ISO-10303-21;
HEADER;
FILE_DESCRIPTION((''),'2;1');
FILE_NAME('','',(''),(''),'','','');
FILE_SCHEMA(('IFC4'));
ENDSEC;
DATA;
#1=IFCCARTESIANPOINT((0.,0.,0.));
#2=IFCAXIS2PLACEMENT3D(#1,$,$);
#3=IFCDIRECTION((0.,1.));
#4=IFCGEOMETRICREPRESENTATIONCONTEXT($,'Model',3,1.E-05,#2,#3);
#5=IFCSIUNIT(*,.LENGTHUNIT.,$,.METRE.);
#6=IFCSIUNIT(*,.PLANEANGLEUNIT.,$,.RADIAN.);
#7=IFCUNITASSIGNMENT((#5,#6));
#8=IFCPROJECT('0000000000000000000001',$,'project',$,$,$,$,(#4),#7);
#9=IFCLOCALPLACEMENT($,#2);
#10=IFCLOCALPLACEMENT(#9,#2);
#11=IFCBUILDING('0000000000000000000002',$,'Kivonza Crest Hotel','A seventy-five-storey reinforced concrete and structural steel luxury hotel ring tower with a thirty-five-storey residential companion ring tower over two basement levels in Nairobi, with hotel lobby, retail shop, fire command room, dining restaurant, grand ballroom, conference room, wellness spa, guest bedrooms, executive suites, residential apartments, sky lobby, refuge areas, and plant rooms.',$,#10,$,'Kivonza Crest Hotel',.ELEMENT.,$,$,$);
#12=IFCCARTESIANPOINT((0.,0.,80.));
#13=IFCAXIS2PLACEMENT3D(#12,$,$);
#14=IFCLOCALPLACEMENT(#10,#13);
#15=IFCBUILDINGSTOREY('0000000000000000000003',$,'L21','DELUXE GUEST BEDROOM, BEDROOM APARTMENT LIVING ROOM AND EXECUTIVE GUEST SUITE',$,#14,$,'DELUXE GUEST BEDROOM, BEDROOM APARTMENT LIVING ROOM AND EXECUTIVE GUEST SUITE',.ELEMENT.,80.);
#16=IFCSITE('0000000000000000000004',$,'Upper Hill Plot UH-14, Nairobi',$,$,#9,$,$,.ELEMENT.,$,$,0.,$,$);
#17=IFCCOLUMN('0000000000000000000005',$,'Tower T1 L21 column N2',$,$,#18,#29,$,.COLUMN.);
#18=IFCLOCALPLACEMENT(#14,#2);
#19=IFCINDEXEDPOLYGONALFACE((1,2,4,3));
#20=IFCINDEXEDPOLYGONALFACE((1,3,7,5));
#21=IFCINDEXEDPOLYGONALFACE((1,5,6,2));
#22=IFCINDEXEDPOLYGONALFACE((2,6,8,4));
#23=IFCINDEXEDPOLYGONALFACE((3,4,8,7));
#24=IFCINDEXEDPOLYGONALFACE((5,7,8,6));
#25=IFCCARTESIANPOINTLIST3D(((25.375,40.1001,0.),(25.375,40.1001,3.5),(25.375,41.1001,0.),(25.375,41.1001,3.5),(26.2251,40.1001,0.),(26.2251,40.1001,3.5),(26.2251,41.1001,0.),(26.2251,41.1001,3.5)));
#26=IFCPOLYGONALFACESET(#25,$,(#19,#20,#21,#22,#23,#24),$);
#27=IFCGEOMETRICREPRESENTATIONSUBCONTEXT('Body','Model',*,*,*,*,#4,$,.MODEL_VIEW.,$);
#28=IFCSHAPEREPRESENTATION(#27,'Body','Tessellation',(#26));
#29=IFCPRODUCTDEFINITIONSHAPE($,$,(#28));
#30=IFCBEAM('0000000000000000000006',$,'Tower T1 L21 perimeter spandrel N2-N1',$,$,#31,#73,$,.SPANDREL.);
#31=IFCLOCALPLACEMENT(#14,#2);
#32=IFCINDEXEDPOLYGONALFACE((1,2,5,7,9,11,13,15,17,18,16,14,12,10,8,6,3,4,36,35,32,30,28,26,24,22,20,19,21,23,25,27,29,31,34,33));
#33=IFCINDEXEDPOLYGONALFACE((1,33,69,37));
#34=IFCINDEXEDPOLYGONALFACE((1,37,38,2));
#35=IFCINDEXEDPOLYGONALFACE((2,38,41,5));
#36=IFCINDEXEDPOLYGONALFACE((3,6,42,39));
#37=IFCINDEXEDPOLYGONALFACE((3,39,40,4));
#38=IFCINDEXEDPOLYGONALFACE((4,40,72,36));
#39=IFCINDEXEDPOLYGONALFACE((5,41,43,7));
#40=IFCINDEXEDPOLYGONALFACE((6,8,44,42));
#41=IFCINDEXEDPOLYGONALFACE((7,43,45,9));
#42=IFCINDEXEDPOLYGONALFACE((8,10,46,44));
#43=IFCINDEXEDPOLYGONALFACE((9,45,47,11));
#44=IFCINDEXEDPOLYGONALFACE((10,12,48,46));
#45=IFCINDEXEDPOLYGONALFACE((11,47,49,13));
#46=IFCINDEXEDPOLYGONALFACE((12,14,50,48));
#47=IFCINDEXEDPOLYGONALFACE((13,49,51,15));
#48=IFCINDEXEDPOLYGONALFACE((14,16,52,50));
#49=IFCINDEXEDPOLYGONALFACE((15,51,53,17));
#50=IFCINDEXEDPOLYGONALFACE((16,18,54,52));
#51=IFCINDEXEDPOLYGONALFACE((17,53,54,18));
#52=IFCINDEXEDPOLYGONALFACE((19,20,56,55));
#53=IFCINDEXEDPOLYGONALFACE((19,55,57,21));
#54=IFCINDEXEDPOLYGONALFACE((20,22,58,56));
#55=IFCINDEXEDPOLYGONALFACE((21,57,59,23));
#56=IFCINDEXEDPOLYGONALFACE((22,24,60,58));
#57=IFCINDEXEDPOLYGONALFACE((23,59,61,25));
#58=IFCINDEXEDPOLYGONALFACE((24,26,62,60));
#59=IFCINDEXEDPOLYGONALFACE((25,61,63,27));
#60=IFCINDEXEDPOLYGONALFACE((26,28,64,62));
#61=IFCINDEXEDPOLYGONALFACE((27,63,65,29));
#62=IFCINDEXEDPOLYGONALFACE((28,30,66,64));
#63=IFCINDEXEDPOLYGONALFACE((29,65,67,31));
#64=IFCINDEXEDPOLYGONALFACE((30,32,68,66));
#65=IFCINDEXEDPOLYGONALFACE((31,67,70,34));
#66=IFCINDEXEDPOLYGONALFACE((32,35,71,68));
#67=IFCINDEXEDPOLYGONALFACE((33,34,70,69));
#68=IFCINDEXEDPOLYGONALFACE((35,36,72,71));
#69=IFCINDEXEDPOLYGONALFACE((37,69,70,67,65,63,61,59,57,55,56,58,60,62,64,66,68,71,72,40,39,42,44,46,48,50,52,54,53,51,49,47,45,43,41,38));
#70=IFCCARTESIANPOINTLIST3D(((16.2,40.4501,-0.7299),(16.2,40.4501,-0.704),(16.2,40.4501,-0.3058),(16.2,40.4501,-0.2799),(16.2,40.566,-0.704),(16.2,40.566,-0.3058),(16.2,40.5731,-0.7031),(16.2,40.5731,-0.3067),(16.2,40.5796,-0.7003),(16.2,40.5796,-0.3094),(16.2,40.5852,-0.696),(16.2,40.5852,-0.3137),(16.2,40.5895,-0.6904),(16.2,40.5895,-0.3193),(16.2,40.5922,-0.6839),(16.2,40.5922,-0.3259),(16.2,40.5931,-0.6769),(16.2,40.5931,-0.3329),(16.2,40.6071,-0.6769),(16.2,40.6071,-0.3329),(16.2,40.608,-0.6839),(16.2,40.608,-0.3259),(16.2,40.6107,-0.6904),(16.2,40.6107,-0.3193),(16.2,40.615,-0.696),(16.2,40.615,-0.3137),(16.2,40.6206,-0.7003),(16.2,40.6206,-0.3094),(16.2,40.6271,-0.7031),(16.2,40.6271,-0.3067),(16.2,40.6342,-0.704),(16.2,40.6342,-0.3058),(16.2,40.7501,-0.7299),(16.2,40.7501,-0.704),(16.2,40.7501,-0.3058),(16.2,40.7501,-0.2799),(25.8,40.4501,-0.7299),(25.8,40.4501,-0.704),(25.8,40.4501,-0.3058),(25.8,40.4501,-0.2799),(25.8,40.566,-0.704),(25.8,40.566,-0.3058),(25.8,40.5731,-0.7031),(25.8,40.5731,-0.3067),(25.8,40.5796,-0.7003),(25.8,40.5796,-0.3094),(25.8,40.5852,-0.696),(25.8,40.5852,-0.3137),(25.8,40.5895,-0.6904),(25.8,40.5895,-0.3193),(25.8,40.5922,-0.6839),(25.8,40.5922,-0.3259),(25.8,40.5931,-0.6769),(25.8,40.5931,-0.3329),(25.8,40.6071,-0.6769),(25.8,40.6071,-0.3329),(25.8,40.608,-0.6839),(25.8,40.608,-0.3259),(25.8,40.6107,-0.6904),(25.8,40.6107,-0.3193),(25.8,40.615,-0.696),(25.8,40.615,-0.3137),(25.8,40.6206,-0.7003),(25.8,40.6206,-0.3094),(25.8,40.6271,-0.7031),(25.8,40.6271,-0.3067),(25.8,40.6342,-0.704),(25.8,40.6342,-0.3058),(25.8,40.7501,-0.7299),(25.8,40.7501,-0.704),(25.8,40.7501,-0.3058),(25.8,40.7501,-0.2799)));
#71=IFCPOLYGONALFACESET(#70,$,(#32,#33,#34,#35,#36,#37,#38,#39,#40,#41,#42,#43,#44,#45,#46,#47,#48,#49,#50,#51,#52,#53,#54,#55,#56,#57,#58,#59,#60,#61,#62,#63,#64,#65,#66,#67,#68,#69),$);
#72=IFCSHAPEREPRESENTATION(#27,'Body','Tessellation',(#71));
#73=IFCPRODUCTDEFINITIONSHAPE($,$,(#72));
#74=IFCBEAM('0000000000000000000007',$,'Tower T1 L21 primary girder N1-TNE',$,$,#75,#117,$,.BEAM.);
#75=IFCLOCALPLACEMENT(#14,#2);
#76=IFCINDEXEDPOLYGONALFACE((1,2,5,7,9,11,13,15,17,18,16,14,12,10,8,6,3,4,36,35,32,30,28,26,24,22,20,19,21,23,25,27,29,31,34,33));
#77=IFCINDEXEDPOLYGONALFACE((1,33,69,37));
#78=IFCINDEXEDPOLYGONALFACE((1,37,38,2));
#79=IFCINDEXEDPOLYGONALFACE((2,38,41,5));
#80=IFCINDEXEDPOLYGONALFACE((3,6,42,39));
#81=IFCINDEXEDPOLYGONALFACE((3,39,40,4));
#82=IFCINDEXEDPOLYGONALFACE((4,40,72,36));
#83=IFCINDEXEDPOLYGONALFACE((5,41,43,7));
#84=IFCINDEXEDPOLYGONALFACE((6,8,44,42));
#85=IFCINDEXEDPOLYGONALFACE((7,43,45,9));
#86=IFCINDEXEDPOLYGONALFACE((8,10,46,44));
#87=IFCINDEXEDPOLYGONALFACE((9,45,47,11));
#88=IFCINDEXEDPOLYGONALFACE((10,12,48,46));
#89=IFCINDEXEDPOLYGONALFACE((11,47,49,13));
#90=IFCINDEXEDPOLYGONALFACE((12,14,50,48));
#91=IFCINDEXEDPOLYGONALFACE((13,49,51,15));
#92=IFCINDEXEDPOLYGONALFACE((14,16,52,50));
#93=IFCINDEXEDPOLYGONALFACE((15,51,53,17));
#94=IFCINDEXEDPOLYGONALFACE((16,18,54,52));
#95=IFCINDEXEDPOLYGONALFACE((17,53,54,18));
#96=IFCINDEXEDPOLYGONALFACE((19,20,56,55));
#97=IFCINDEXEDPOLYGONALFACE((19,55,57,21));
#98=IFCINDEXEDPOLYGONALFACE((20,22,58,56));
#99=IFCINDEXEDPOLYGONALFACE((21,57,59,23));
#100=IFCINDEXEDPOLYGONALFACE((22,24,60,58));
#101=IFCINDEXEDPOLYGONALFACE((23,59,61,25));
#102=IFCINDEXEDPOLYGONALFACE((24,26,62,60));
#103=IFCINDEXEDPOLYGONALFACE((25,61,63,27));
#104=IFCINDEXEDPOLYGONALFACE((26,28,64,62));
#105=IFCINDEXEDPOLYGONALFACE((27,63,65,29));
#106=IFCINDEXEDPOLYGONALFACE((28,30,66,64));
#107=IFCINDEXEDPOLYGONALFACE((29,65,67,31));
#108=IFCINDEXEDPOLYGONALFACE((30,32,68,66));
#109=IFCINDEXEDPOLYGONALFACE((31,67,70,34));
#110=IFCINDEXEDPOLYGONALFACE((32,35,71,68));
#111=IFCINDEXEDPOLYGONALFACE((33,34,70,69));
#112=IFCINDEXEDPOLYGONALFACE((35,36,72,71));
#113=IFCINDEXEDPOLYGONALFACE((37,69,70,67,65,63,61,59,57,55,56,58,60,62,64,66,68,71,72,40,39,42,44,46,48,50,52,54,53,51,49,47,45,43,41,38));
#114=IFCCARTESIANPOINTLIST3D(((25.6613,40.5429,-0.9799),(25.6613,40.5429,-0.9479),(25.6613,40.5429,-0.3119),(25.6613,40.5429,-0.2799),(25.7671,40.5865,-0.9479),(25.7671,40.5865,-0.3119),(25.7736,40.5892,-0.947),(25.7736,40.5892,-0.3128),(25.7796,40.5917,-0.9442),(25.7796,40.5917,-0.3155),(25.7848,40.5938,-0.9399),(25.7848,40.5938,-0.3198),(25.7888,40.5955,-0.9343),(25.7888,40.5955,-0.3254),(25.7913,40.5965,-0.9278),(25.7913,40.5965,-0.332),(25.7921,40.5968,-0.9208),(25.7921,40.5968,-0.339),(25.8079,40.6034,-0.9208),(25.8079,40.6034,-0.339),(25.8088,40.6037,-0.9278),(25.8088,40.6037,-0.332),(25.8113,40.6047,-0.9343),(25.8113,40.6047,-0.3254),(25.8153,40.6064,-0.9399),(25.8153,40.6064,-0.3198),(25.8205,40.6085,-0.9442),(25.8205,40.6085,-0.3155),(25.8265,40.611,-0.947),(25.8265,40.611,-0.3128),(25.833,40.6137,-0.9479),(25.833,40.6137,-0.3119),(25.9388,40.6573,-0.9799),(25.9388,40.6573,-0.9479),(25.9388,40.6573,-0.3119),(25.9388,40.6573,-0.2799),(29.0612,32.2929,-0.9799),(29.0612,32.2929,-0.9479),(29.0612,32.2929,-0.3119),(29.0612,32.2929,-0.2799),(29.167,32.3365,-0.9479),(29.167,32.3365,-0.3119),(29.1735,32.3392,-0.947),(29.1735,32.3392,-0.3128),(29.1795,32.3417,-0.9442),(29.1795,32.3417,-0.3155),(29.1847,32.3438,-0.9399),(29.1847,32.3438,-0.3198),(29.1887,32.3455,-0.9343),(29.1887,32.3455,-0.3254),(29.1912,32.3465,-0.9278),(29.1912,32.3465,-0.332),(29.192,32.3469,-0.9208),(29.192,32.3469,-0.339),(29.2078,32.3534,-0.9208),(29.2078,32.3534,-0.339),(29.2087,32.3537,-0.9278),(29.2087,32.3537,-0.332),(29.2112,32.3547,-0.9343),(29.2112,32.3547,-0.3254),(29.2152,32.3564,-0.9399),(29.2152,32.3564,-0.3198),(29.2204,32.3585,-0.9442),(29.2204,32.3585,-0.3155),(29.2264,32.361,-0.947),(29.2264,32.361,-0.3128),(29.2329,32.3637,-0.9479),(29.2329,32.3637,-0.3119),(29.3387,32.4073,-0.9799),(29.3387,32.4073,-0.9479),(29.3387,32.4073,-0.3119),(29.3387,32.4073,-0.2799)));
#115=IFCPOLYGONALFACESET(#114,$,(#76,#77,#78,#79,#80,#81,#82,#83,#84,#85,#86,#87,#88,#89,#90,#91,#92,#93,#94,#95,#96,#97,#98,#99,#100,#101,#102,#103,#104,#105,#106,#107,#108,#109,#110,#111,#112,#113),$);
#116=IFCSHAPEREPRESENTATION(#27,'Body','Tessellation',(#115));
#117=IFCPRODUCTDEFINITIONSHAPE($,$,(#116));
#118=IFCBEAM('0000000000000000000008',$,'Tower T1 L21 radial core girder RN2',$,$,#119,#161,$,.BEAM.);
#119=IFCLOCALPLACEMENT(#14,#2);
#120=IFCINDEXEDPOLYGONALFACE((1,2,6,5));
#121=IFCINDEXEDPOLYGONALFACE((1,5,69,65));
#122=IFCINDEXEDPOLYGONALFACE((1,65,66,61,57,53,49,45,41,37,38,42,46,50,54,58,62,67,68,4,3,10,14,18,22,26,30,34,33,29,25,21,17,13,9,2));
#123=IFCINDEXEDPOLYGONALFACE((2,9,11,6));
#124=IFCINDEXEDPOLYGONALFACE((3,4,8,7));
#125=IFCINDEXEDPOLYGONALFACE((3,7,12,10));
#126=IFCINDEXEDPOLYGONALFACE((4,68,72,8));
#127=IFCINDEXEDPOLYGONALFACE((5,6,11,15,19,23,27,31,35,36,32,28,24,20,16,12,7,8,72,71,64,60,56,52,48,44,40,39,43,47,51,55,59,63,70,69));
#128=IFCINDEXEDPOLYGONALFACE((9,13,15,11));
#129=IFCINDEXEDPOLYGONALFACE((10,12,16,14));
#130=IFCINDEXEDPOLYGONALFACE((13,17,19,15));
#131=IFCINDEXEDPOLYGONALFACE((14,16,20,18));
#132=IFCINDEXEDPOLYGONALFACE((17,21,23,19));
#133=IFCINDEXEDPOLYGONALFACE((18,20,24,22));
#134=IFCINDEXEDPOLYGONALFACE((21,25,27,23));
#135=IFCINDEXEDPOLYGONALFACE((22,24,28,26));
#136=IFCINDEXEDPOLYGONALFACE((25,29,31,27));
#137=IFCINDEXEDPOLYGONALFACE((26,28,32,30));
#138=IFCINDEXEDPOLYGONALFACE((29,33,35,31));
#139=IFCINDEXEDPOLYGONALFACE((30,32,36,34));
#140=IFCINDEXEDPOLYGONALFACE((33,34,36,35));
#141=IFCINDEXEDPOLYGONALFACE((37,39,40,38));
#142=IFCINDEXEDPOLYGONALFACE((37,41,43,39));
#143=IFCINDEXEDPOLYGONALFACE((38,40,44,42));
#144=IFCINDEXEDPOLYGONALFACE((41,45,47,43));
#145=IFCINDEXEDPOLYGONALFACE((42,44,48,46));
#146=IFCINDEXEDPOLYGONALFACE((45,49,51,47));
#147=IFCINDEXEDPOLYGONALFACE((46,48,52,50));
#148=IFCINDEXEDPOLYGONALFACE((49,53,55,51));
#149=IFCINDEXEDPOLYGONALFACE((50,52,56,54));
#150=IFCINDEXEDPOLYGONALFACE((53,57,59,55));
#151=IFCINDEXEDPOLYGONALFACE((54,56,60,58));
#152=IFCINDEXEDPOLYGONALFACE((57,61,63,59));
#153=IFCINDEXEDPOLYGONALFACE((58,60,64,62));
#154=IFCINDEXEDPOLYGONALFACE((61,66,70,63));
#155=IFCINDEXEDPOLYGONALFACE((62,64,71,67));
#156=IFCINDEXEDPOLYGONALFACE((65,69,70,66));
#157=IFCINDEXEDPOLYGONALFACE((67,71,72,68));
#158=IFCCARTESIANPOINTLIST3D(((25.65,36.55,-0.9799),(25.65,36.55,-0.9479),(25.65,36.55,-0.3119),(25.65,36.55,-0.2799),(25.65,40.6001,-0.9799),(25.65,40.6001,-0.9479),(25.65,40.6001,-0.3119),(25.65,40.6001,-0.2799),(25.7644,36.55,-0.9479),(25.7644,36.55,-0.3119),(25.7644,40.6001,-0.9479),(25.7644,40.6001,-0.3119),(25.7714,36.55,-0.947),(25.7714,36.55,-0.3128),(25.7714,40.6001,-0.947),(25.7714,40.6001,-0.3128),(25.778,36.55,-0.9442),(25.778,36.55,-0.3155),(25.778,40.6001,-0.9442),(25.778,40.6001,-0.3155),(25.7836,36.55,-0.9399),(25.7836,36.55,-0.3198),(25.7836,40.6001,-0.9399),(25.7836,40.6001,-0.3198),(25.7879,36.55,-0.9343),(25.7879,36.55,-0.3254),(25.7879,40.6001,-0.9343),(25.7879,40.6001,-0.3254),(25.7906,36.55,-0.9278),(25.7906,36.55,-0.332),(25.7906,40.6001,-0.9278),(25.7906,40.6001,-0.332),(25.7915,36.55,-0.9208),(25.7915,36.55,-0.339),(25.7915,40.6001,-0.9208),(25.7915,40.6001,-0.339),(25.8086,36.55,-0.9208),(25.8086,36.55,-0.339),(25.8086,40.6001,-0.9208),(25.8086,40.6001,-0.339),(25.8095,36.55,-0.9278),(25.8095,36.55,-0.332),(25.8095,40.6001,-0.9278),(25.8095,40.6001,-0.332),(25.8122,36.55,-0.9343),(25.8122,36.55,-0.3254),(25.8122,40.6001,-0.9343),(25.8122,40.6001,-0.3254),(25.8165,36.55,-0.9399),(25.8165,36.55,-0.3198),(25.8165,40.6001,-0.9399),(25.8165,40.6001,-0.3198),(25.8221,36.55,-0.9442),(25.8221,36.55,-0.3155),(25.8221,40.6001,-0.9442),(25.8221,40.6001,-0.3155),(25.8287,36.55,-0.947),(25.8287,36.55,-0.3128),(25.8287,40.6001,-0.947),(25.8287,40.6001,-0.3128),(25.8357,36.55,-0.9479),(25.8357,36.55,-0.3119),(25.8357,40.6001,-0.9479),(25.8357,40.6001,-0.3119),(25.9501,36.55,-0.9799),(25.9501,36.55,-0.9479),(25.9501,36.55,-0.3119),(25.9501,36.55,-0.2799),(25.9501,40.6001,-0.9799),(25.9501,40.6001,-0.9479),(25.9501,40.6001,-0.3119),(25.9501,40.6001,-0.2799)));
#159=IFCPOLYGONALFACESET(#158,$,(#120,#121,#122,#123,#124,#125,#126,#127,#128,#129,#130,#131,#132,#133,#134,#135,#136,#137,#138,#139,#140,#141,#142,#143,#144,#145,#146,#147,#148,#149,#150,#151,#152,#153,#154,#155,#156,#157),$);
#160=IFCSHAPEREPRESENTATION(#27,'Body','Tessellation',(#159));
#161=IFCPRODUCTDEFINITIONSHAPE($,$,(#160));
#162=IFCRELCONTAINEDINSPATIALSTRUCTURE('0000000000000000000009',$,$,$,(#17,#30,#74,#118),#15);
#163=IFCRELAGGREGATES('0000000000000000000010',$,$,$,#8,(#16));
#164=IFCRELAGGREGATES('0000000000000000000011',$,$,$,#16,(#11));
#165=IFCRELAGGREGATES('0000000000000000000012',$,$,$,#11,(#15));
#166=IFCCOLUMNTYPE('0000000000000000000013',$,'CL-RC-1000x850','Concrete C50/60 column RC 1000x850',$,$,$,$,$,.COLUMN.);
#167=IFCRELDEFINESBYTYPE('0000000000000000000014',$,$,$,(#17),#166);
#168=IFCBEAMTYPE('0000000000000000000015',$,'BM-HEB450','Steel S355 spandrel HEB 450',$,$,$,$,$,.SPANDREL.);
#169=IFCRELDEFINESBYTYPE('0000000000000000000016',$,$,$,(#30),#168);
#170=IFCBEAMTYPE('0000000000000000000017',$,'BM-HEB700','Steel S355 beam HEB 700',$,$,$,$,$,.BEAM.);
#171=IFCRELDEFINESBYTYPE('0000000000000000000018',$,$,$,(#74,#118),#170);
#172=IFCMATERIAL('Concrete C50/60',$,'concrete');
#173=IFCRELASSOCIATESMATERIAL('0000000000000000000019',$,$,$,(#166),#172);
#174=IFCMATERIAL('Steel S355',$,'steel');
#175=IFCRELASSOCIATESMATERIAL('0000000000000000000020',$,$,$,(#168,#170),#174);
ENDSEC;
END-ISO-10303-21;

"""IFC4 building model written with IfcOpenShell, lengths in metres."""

from ifc_helpers import new_model, si_unit, direction, frame, origin, origin_2d, place, context, subcontext, project, spatial, rectangle, i_section, extrude, material, material_profile, profile_set, type_object, element, save


model = new_model("IFC4")

# Units and contexts
model_context = context("Model", 3, precision=1e-05, world=origin(), true_north=direction((0.0, 1.0)))
body_context = subcontext(model_context, "Body", "Model", "MODEL_VIEW")
ifc_project = project(units=[si_unit("LENGTHUNIT", "METRE"), si_unit("PLANEANGLEUNIT", "RADIAN")], contexts=[model_context])

# Site, building, storey
site_placement = place(None, origin())
site = spatial("IfcSite", under=ifc_project, at=site_placement, Name="Upper Hill Plot UH-14, Nairobi", CompositionType="ELEMENT", RefElevation=0.0)
building_placement = place(site_placement, origin())
building = spatial("IfcBuilding", under=site, at=building_placement, Name="Kivonza Crest Hotel", Description="A seventy-five-storey reinforced concrete and structural steel luxury hotel ring tower with a thirty-five-storey residential companion ring tower over two basement levels in Nairobi, with hotel lobby, retail shop, fire command room, dining restaurant, grand ballroom, conference room, wellness spa, guest bedrooms, executive suites, residential apartments, sky lobby, refuge areas, and plant rooms.", LongName="Kivonza Crest Hotel", CompositionType="ELEMENT")
storey_placement = place(building_placement, frame((0.0, 0.0, 80.0)))
storey = spatial("IfcBuildingStorey", under=building, at=storey_placement, Name="L21", Description="DELUXE GUEST BEDROOM, BEDROOM APARTMENT LIVING ROOM AND EXECUTIVE GUEST SUITE", LongName="DELUXE GUEST BEDROOM, BEDROOM APARTMENT LIVING ROOM AND EXECUTIVE GUEST SUITE", CompositionType="ELEMENT", Elevation=80.0)

# Column
ifc_material_1 = material(Name="Concrete C50/60", Category="concrete")
ifc_material_profile_1 = material_profile(ifc_material_1, rectangle(XDim=0.8501, YDim=1.0, at=origin_2d()), Name="RC 1000x850")
ifc_profile_set_1 = profile_set([ifc_material_profile_1], Name="Concrete C50/60")
column_type = type_object("IfcColumnType", Name="CL-RC-1000x850", Description="Concrete C50/60 column RC 1000x850", PredefinedType="COLUMN", material=ifc_profile_set_1)
column_placement = place(storey_placement, frame((25.8, 40.6001, 0.0), z_axis=(0.0, 0.0, 1.0), x_axis=(1.0, 0.0, 0.0)))
element("IfcColumn", 1, at=column_placement, inside=storey, type_object=column_type, Name="Tower T1 L21 column N2", PredefinedType="COLUMN", context=body_context, shape_type="SweptSolid", body=[
    extrude(rectangle(XDim=0.8501, YDim=1.0, at=origin_2d()), origin(), (0.0, 0.0, 1.0), 3.5),
])

# Beams
ifc_material_2 = material(Name="Steel S355", Category="steel")
ifc_material_profile_2 = material_profile(ifc_material_2, i_section(OverallWidth=0.3, OverallDepth=0.45, WebThickness=0.0139, FlangeThickness=0.0259, FilletRadius=0.0271, at=origin_2d()), Name="HEB 450")
ifc_profile_set_2 = profile_set([ifc_material_profile_2], Name="Steel S355")
beam_type_1 = type_object("IfcBeamType", Name="BM-HEB450", Description="Steel S355 spandrel HEB 450", PredefinedType="SPANDREL", material=ifc_profile_set_2)
beam_1_placement = place(storey_placement, frame((25.8, 40.6001, -0.5049), z_axis=(-1.0, 0.0, 0.0), x_axis=(0.0, -1.0, 0.0)))
element("IfcBeam", 2, at=beam_1_placement, inside=storey, type_object=beam_type_1, Name="Tower T1 L21 perimeter spandrel N2-N1", PredefinedType="SPANDREL", context=body_context, shape_type="SweptSolid", body=[
    extrude(i_section(OverallWidth=0.3, OverallDepth=0.45, WebThickness=0.0139, FlangeThickness=0.0259, FilletRadius=0.0271, at=origin_2d()), origin(), (0.0, 0.0, 1.0), 9.6001),
])
ifc_material_profile_3 = material_profile(ifc_material_2, i_section(OverallWidth=0.3, OverallDepth=0.7, WebThickness=0.0171, FlangeThickness=0.032, FilletRadius=0.0271, at=origin_2d()), Name="HEB 700")
ifc_profile_set_3 = profile_set([ifc_material_profile_3], Name="Steel S355")
beam_type_2 = type_object("IfcBeamType", Name="BM-HEB700", Description="Steel S355 beam HEB 700", PredefinedType="BEAM", material=ifc_profile_set_3)
beam_2_placement = place(storey_placement, frame((25.8, 40.6001, -0.6299), z_axis=(0.381022, -0.924566, 0.0), x_axis=(0.924566, 0.381022, 0.0)))
element("IfcBeam", 3, at=beam_2_placement, inside=storey, type_object=beam_type_2, Name="Tower T1 L21 primary girder N1-TNE", PredefinedType="BEAM", context=body_context, shape_type="SweptSolid", body=[
    extrude(i_section(OverallWidth=0.3, OverallDepth=0.7, WebThickness=0.0171, FlangeThickness=0.032, FilletRadius=0.0271, at=origin_2d()), origin(), (0.0, 0.0, 1.0), 8.9231),
])
beam_3_placement = place(storey_placement, frame((25.8, 40.6001, -0.6299), z_axis=(0.0, -1.0, 0.0), x_axis=(1.0, 0.0, 0.0)))
element("IfcBeam", 4, at=beam_3_placement, inside=storey, type_object=beam_type_2, Name="Tower T1 L21 radial core girder RN2", PredefinedType="BEAM", context=body_context, shape_type="SweptSolid", body=[
    extrude(i_section(OverallWidth=0.3, OverallDepth=0.7, WebThickness=0.0171, FlangeThickness=0.032, FilletRadius=0.0271, at=origin_2d()), origin(), (0.0, 0.0, 1.0), 4.05),
])

save(model, "model.ifc")
